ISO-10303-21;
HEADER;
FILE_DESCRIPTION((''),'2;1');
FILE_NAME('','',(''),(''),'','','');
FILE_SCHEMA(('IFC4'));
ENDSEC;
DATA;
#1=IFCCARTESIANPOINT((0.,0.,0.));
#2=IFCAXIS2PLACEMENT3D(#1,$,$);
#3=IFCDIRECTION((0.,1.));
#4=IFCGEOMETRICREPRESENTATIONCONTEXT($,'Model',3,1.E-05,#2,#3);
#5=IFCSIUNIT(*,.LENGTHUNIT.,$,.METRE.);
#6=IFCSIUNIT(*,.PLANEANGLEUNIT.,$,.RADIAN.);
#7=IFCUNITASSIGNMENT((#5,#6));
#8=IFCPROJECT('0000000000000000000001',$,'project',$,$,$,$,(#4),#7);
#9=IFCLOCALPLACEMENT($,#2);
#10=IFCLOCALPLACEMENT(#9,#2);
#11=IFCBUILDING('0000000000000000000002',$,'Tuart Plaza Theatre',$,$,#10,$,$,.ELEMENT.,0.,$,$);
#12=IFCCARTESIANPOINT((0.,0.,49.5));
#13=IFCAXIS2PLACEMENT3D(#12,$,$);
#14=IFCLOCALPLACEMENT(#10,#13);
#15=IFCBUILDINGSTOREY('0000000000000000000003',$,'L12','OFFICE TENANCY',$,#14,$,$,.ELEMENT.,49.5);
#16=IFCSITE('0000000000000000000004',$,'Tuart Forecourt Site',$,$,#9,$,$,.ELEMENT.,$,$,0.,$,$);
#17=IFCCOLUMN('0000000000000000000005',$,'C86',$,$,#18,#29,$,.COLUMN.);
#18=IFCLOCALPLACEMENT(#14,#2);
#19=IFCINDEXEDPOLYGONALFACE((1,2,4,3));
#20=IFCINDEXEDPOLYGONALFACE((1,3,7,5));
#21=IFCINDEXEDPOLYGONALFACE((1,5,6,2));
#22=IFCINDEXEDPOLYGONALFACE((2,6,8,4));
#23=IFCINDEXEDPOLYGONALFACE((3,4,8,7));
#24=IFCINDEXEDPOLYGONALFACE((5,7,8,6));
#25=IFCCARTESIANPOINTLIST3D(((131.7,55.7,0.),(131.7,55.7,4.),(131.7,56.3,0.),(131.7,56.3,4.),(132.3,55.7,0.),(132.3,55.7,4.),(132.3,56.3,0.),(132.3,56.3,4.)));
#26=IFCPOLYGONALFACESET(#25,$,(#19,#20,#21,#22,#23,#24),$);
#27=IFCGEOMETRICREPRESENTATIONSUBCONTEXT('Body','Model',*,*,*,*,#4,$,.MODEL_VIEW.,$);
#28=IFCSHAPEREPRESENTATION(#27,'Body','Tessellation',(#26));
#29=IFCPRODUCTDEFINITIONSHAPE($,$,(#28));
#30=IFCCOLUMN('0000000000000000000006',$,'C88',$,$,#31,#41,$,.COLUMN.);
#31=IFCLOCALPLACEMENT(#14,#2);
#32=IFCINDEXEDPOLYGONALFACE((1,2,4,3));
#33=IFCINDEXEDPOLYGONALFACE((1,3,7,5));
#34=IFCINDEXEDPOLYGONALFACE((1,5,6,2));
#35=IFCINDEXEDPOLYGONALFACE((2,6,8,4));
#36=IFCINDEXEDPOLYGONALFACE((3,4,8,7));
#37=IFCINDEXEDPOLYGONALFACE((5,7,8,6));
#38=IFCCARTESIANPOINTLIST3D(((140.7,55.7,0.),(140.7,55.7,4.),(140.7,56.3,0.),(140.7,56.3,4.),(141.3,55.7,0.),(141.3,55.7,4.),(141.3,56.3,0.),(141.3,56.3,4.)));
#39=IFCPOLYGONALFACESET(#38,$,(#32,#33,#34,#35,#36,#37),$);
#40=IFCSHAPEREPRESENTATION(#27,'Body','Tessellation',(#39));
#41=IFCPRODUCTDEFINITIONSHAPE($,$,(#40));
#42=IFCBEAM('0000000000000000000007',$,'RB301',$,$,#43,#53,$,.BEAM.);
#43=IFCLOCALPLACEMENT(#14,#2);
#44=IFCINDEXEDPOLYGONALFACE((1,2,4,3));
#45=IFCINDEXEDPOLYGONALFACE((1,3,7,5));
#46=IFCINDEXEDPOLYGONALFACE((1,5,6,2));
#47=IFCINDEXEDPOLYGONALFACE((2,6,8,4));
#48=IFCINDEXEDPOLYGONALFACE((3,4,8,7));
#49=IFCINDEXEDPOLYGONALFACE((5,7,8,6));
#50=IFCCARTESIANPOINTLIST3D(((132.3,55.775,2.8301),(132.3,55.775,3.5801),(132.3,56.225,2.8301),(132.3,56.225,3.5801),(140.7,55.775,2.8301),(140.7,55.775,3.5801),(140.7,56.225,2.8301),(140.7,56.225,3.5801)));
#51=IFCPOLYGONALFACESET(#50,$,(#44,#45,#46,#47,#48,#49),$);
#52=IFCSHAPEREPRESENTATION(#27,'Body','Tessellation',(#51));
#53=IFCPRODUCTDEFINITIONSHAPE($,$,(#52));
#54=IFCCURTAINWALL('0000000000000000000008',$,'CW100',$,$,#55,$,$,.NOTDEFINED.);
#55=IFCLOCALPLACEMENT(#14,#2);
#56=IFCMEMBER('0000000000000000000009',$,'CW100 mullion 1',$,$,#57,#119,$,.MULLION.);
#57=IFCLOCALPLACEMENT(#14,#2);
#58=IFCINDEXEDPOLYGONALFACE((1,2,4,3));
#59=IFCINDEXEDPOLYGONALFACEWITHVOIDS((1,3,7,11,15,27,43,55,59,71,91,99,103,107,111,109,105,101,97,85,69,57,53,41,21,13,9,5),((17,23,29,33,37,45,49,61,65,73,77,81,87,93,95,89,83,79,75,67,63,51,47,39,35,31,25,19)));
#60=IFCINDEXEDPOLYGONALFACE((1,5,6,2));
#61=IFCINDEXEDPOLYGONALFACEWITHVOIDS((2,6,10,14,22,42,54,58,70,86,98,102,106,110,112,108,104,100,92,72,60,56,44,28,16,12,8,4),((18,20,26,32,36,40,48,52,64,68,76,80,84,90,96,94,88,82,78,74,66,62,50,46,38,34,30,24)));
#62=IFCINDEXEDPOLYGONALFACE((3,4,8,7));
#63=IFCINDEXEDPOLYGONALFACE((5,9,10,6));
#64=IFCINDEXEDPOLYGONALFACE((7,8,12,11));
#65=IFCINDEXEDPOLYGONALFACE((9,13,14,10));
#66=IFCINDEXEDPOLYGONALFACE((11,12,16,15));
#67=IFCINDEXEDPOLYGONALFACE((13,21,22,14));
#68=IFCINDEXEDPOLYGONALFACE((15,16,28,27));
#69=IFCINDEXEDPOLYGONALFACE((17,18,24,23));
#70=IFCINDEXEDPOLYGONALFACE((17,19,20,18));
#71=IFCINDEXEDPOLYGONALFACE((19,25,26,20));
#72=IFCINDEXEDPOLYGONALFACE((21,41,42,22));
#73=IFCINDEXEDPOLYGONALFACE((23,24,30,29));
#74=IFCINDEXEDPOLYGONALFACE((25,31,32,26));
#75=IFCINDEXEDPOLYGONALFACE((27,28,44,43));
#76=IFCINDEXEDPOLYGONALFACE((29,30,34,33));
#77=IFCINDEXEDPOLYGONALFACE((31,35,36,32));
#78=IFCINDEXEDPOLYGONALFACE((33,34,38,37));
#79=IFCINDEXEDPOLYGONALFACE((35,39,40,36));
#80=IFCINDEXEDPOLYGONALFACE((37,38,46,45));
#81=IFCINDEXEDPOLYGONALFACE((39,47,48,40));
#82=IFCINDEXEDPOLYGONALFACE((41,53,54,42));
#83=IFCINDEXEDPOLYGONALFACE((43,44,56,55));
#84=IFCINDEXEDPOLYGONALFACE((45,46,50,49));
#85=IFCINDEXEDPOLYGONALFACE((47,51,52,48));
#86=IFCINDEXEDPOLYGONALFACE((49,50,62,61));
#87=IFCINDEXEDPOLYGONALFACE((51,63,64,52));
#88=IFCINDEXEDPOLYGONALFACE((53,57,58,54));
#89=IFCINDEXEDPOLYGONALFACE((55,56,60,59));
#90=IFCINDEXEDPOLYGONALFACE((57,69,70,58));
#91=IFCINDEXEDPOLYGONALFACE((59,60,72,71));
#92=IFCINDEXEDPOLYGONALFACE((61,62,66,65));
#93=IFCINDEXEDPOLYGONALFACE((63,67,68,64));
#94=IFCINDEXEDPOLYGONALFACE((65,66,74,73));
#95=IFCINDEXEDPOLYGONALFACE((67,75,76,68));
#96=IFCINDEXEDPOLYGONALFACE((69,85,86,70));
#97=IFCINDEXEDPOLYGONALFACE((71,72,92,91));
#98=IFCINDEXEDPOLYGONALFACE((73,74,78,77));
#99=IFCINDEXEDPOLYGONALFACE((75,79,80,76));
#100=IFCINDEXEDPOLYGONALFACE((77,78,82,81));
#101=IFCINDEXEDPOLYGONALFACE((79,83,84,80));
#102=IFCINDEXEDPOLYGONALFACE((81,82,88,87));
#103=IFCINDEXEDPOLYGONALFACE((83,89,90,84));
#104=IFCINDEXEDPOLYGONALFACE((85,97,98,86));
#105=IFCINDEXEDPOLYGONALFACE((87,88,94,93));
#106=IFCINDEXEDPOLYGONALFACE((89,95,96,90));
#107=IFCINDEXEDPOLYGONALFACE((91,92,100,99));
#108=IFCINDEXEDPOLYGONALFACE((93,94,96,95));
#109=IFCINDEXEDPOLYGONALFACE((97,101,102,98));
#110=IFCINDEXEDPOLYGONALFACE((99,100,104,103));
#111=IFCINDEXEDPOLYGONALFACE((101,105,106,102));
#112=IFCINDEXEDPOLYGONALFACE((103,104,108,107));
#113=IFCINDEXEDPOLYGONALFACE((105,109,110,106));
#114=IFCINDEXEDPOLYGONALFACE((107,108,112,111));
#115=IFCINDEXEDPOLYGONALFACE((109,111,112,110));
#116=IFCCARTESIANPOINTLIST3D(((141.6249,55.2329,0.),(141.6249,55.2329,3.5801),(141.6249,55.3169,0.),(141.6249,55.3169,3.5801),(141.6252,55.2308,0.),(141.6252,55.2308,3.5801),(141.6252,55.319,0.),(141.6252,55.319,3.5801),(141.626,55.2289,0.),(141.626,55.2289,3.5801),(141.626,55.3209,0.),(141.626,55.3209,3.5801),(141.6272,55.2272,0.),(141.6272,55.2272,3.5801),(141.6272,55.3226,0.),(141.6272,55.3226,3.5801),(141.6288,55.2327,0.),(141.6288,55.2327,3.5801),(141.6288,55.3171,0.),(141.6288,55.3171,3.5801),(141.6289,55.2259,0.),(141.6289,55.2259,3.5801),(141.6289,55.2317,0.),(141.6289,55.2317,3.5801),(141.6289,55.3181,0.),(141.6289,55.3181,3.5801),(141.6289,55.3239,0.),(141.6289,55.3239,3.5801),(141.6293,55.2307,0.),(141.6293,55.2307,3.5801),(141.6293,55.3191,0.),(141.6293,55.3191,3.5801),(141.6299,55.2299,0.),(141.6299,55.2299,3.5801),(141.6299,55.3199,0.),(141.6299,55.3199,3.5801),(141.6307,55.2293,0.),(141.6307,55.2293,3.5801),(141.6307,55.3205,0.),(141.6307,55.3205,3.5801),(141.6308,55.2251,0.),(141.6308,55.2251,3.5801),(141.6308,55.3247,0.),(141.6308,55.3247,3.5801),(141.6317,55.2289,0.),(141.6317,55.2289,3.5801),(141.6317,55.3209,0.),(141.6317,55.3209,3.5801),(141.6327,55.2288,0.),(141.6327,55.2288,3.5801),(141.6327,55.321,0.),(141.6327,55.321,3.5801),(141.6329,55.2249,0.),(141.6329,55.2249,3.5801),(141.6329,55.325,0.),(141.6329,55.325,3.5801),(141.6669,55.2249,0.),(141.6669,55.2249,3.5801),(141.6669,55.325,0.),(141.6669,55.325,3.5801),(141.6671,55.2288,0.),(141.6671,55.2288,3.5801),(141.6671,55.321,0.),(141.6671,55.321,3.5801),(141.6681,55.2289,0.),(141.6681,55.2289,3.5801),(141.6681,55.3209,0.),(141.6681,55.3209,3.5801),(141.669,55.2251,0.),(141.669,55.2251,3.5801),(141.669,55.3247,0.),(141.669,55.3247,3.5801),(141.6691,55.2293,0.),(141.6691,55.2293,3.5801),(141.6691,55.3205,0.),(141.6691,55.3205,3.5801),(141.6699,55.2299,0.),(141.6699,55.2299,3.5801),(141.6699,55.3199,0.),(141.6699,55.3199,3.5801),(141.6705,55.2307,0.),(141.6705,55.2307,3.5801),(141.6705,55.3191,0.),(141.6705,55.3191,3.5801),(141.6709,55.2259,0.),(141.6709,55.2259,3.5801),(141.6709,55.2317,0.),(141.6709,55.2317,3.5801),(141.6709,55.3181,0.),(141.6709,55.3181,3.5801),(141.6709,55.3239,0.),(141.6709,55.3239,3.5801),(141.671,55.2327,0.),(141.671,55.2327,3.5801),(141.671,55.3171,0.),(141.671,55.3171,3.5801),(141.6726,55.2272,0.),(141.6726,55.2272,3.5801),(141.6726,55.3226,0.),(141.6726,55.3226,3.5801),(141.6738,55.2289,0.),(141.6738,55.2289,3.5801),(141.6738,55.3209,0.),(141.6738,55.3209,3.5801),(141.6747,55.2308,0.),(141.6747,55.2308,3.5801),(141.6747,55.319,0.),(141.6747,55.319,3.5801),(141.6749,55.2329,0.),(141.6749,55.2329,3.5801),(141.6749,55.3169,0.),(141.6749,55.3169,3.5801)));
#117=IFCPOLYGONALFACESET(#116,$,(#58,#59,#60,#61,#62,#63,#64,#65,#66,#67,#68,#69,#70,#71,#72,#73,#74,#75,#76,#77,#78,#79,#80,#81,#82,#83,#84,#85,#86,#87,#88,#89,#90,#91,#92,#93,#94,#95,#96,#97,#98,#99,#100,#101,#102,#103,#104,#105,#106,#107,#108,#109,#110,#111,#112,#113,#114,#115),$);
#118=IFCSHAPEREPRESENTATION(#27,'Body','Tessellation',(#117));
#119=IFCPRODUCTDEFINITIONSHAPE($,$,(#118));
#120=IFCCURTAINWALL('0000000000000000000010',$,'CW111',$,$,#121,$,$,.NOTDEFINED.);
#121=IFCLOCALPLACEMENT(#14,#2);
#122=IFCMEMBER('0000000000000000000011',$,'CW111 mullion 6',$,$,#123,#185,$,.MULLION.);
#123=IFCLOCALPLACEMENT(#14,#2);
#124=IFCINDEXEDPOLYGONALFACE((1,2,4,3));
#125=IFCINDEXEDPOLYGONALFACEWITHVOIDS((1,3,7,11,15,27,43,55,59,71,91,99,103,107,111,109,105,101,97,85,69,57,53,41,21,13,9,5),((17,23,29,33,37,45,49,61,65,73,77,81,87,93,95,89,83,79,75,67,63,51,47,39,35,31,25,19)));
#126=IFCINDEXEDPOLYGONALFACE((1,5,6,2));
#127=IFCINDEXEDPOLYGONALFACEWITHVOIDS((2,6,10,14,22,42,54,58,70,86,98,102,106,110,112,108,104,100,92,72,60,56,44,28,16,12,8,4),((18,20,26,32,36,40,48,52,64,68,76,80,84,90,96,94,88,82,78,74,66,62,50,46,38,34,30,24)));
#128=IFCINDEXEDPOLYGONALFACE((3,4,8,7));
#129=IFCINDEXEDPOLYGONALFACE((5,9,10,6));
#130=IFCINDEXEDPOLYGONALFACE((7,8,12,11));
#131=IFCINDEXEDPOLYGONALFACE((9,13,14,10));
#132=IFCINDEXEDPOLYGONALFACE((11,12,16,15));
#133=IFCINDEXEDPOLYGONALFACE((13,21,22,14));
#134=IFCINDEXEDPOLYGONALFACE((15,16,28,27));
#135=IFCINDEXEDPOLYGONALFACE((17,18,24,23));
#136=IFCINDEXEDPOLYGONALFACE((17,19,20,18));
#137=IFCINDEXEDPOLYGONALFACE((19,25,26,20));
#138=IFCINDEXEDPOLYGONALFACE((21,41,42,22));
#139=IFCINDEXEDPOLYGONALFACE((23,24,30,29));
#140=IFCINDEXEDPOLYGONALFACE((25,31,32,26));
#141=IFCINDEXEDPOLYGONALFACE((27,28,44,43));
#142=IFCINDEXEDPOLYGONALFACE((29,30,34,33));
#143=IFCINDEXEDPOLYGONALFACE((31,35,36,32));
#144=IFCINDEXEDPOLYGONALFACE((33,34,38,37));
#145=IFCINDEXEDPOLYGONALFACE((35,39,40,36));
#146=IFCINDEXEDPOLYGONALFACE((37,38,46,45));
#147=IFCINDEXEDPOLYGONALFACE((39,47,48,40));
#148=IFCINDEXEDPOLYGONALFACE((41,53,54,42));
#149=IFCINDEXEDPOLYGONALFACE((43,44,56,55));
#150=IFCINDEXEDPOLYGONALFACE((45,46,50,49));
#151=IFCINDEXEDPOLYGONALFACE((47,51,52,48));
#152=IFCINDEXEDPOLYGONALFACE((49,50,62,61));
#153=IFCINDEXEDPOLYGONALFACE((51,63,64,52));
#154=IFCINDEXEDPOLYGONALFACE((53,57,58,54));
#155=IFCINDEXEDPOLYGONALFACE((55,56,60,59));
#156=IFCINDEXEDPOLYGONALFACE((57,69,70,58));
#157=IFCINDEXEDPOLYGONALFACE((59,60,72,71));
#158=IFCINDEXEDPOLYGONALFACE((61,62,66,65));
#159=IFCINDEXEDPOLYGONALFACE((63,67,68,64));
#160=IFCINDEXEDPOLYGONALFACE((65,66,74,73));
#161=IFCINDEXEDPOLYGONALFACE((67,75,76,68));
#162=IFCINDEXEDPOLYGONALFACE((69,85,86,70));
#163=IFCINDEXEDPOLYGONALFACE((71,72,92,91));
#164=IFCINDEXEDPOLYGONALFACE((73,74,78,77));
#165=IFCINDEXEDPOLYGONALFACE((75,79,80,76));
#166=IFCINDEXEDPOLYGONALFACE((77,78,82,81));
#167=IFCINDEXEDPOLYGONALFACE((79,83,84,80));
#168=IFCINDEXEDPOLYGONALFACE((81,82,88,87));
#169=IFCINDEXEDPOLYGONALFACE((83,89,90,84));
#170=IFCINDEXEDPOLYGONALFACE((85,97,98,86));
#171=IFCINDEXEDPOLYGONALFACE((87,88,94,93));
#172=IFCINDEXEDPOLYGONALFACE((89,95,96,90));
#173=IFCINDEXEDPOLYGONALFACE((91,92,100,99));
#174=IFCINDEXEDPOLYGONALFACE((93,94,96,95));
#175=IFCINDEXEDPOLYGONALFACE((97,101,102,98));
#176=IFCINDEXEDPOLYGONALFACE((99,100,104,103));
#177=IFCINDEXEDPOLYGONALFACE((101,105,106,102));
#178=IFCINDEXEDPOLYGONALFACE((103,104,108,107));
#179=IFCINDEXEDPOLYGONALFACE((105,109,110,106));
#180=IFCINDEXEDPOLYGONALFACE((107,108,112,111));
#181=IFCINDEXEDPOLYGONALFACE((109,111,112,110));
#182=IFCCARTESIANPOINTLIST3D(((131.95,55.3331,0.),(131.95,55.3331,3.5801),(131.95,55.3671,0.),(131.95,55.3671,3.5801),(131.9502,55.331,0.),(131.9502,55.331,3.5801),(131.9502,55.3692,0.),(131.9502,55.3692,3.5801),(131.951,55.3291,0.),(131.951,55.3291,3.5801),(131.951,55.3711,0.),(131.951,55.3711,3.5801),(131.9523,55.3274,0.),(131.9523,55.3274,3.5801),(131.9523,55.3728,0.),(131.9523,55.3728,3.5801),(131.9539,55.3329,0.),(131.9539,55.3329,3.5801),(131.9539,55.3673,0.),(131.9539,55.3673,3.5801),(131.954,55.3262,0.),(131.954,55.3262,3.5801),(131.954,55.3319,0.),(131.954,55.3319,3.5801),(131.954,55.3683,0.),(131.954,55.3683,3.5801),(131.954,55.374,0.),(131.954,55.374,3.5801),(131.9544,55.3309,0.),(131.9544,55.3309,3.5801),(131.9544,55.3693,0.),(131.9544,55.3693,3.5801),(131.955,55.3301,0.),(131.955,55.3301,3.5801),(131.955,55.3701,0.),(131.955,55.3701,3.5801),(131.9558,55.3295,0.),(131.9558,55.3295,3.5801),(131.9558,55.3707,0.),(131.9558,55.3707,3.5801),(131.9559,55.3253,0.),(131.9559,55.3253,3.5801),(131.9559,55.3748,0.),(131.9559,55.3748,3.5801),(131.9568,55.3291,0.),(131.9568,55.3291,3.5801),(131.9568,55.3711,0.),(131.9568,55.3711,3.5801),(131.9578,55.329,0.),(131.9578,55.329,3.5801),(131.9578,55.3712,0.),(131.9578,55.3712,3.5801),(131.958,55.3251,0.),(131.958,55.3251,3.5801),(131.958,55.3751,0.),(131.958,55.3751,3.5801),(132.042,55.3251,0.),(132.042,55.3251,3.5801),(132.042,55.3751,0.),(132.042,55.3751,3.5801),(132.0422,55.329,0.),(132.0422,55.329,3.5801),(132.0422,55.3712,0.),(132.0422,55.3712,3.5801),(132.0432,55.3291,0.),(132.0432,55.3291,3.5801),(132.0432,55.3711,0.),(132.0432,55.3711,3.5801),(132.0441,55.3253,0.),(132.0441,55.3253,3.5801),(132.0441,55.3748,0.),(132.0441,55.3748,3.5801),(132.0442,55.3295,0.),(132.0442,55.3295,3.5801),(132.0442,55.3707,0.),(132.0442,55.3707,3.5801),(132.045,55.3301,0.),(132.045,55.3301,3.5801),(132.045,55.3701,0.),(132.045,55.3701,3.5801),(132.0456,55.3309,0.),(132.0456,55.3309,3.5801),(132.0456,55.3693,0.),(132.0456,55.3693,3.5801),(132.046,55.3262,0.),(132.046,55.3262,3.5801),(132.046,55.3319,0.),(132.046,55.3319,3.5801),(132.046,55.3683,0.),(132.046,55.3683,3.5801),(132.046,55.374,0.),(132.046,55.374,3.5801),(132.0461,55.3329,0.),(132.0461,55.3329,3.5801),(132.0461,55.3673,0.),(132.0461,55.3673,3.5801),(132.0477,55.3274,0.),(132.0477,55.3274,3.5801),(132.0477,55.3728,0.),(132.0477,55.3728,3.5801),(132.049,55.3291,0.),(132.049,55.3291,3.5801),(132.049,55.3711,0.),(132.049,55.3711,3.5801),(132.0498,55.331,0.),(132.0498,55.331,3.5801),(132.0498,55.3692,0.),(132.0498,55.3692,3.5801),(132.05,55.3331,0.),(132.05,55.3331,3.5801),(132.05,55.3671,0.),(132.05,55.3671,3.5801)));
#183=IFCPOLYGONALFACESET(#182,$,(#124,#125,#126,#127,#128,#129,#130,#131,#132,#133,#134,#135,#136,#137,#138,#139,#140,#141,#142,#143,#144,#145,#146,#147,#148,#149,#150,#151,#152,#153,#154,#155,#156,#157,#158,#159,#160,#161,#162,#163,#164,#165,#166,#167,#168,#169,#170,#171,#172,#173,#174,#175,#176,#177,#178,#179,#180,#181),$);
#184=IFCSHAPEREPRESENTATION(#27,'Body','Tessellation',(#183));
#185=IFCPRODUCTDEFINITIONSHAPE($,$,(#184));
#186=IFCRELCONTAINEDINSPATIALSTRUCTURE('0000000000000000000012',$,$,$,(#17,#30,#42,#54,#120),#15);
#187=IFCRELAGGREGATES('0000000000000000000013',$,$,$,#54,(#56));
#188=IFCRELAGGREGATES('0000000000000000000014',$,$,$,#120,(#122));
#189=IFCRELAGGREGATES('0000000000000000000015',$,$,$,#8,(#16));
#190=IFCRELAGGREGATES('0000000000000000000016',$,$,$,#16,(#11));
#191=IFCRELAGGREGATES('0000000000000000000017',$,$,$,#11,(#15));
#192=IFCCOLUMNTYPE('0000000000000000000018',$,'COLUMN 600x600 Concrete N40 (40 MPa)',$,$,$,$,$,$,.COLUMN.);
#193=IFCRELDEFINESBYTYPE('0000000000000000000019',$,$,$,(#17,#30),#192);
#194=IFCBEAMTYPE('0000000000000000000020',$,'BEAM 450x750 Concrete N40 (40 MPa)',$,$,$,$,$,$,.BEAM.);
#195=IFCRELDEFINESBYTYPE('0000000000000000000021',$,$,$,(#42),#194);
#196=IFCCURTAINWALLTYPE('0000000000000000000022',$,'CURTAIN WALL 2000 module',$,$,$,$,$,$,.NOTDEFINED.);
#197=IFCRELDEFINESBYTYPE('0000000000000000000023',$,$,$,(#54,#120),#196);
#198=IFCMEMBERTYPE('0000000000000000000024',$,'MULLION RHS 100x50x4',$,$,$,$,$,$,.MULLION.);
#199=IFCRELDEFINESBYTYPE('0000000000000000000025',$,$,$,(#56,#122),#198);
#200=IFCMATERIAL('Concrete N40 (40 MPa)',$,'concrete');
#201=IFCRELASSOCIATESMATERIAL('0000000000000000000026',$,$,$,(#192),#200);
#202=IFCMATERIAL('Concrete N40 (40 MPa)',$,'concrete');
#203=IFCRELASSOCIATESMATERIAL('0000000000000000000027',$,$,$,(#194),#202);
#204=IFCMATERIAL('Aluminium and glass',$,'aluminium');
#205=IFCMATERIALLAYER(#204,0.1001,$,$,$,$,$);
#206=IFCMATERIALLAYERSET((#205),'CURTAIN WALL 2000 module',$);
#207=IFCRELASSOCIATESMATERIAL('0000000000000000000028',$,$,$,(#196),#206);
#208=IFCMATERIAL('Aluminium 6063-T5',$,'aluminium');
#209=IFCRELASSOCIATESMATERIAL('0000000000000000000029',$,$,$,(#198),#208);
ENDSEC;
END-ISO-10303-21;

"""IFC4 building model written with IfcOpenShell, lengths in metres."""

from ifc_helpers import new_model, si_unit, direction, frame, origin, origin_2d, place, context, subcontext, project, spatial, rectangle, hollow_rectangle, extrude, material, layer, layer_set, material_profile, profile_set, type_object, element, aggregate, save


model = new_model("IFC4")

# Units and contexts
model_context = context("Model", 3, precision=1e-05, world=origin(), true_north=direction((0.0, 1.0)))
body_context = subcontext(model_context, "Body", "Model", "MODEL_VIEW")
ifc_project = project(units=[si_unit("LENGTHUNIT", "METRE"), si_unit("PLANEANGLEUNIT", "RADIAN")], contexts=[model_context])

# Site, building, storey
site_placement = place(None, origin())
site = spatial("IfcSite", under=ifc_project, at=site_placement, Name="Tuart Forecourt Site", CompositionType="ELEMENT", RefElevation=0.0)
building_placement = place(site_placement, origin())
building = spatial("IfcBuilding", under=site, at=building_placement, Name="Tuart Plaza Theatre", CompositionType="ELEMENT", ElevationOfRefHeight=0.0)
storey_placement = place(building_placement, frame((0.0, 0.0, 49.5)))
storey = spatial("IfcBuildingStorey", under=building, at=storey_placement, Name="L12", Description="OFFICE TENANCY", CompositionType="ELEMENT", Elevation=49.5)

# Columns
ifc_material_1 = material(Name="Concrete N40 (40 MPa)", Category="concrete")
ifc_material_profile_1 = material_profile(ifc_material_1, rectangle(XDim=0.6001, YDim=0.6001, at=origin_2d()), Name="COLUMN 600x600 Concrete N40 (40 MPa)")
ifc_profile_set_1 = profile_set([ifc_material_profile_1], Name="Concrete N40 (40 MPa)")
column_type = type_object("IfcColumnType", Name="COLUMN 600x600 Concrete N40 (40 MPa)", PredefinedType="COLUMN", material=ifc_profile_set_1)
for number, where, z_axis, x_axis, name in (
    (1, (132.0, 56.0, 0.0), (0.0, 0.0, 1.0), (1.0, 0.0, 0.0), "C86"),
    (2, (141.0, 56.0, 0.0), (0.0, 0.0, 1.0), (1.0, 0.0, 0.0), "C88"),
):
    element("IfcColumn", number, at=place(storey_placement, frame(where, z_axis=z_axis, x_axis=x_axis)), inside=storey, type_object=column_type, Name=name, PredefinedType="COLUMN", context=body_context, shape_type="SweptSolid", body=[
        extrude(rectangle(XDim=0.6001, YDim=0.6001, at=origin_2d()), origin(), (0.0, 0.0, 1.0), 4.0),
    ])

# Beam
ifc_material_2 = material(Name="Concrete N40 (40 MPa)", Category="concrete")
ifc_material_profile_2 = material_profile(ifc_material_2, rectangle(XDim=0.45, YDim=0.75, at=origin_2d()), Name="BEAM 450x750 Concrete N40 (40 MPa)")
ifc_profile_set_2 = profile_set([ifc_material_profile_2], Name="Concrete N40 (40 MPa)")
beam_type = type_object("IfcBeamType", Name="BEAM 450x750 Concrete N40 (40 MPa)", PredefinedType="BEAM", material=ifc_profile_set_2)
beam_placement = place(storey_placement, frame((132.3, 56.0, 3.2051), z_axis=(1.0, 0.0, 0.0), x_axis=(0.0, 1.0, 0.0)))
element("IfcBeam", 3, at=beam_placement, inside=storey, type_object=beam_type, Name="RB301", PredefinedType="BEAM", context=body_context, shape_type="SweptSolid", body=[
    extrude(rectangle(XDim=0.45, YDim=0.75, at=origin_2d()), origin(), (0.0, 0.0, 1.0), 8.3999),
])

# Curtain wall, member
ifc_material_3 = material(Name="Aluminium and glass", Category="aluminium")
ifc_layer_1 = layer(ifc_material_3, 0.1001)
ifc_layer_set_1 = layer_set([ifc_layer_1], Name="CURTAIN WALL 2000 module")
curtain_wall_type = type_object("IfcCurtainWallType", Name="CURTAIN WALL 2000 module", PredefinedType="NOTDEFINED", material=ifc_layer_set_1)
curtain_wall_1_placement = place(storey_placement, origin())
curtain_wall_1 = element("IfcCurtainWall", 4, at=curtain_wall_1_placement, inside=storey, type_object=curtain_wall_type, Name="CW100", PredefinedType="NOTDEFINED")
ifc_material_4 = material(Name="Aluminium 6063-T5", Category="aluminium")
ifc_material_profile_3 = material_profile(ifc_material_4, hollow_rectangle(XDim=0.05, YDim=0.1001, WallThickness=0.0039, InnerFilletRadius=0.0039, OuterFilletRadius=0.0081, at=origin_2d()), Name="RHS 100x50x4")
ifc_profile_set_3 = profile_set([ifc_material_profile_3], Name="Aluminium 6063-T5")
member_type_1 = type_object("IfcMemberType", Name="MULLION RHS 100x50x4", PredefinedType="MULLION", material=ifc_profile_set_3)
member_1_placement = place(storey_placement, frame((141.6499, 55.2749, 0.0), z_axis=(0.0, 0.0, 1.0), x_axis=(-1.0, 0.0, 0.0)))
member_1 = element("IfcMember", 5, at=member_1_placement, type_object=member_type_1, Name="CW100 mullion 1", PredefinedType="MULLION", context=body_context, shape_type="SweptSolid", body=[
    extrude(hollow_rectangle(XDim=0.05, YDim=0.1001, WallThickness=0.0039, InnerFilletRadius=0.0039, OuterFilletRadius=0.0081, at=origin_2d()), origin(), (0.0, 0.0, 1.0), 3.5801),
])

# Curtain wall, member
curtain_wall_2_placement = place(storey_placement, origin())
curtain_wall_2 = element("IfcCurtainWall", 6, at=curtain_wall_2_placement, inside=storey, type_object=curtain_wall_type, Name="CW111", PredefinedType="NOTDEFINED")
member_2_placement = place(storey_placement, frame((132.0, 55.3501, 0.0), z_axis=(0.0, 0.0, 1.0), x_axis=(0.0, 1.0, 0.0)))
member_2 = element("IfcMember", 7, at=member_2_placement, type_object=member_type_1, Name="CW111 mullion 6", PredefinedType="MULLION", context=body_context, shape_type="SweptSolid", body=[
    extrude(hollow_rectangle(XDim=0.05, YDim=0.1001, WallThickness=0.0039, InnerFilletRadius=0.0039, OuterFilletRadius=0.0081, at=origin_2d()), origin(), (0.0, 0.0, 1.0), 3.5801),
])

aggregate(curtain_wall_1, [member_1])

aggregate(curtain_wall_2, [member_2])

save(model, "model.ifc")
